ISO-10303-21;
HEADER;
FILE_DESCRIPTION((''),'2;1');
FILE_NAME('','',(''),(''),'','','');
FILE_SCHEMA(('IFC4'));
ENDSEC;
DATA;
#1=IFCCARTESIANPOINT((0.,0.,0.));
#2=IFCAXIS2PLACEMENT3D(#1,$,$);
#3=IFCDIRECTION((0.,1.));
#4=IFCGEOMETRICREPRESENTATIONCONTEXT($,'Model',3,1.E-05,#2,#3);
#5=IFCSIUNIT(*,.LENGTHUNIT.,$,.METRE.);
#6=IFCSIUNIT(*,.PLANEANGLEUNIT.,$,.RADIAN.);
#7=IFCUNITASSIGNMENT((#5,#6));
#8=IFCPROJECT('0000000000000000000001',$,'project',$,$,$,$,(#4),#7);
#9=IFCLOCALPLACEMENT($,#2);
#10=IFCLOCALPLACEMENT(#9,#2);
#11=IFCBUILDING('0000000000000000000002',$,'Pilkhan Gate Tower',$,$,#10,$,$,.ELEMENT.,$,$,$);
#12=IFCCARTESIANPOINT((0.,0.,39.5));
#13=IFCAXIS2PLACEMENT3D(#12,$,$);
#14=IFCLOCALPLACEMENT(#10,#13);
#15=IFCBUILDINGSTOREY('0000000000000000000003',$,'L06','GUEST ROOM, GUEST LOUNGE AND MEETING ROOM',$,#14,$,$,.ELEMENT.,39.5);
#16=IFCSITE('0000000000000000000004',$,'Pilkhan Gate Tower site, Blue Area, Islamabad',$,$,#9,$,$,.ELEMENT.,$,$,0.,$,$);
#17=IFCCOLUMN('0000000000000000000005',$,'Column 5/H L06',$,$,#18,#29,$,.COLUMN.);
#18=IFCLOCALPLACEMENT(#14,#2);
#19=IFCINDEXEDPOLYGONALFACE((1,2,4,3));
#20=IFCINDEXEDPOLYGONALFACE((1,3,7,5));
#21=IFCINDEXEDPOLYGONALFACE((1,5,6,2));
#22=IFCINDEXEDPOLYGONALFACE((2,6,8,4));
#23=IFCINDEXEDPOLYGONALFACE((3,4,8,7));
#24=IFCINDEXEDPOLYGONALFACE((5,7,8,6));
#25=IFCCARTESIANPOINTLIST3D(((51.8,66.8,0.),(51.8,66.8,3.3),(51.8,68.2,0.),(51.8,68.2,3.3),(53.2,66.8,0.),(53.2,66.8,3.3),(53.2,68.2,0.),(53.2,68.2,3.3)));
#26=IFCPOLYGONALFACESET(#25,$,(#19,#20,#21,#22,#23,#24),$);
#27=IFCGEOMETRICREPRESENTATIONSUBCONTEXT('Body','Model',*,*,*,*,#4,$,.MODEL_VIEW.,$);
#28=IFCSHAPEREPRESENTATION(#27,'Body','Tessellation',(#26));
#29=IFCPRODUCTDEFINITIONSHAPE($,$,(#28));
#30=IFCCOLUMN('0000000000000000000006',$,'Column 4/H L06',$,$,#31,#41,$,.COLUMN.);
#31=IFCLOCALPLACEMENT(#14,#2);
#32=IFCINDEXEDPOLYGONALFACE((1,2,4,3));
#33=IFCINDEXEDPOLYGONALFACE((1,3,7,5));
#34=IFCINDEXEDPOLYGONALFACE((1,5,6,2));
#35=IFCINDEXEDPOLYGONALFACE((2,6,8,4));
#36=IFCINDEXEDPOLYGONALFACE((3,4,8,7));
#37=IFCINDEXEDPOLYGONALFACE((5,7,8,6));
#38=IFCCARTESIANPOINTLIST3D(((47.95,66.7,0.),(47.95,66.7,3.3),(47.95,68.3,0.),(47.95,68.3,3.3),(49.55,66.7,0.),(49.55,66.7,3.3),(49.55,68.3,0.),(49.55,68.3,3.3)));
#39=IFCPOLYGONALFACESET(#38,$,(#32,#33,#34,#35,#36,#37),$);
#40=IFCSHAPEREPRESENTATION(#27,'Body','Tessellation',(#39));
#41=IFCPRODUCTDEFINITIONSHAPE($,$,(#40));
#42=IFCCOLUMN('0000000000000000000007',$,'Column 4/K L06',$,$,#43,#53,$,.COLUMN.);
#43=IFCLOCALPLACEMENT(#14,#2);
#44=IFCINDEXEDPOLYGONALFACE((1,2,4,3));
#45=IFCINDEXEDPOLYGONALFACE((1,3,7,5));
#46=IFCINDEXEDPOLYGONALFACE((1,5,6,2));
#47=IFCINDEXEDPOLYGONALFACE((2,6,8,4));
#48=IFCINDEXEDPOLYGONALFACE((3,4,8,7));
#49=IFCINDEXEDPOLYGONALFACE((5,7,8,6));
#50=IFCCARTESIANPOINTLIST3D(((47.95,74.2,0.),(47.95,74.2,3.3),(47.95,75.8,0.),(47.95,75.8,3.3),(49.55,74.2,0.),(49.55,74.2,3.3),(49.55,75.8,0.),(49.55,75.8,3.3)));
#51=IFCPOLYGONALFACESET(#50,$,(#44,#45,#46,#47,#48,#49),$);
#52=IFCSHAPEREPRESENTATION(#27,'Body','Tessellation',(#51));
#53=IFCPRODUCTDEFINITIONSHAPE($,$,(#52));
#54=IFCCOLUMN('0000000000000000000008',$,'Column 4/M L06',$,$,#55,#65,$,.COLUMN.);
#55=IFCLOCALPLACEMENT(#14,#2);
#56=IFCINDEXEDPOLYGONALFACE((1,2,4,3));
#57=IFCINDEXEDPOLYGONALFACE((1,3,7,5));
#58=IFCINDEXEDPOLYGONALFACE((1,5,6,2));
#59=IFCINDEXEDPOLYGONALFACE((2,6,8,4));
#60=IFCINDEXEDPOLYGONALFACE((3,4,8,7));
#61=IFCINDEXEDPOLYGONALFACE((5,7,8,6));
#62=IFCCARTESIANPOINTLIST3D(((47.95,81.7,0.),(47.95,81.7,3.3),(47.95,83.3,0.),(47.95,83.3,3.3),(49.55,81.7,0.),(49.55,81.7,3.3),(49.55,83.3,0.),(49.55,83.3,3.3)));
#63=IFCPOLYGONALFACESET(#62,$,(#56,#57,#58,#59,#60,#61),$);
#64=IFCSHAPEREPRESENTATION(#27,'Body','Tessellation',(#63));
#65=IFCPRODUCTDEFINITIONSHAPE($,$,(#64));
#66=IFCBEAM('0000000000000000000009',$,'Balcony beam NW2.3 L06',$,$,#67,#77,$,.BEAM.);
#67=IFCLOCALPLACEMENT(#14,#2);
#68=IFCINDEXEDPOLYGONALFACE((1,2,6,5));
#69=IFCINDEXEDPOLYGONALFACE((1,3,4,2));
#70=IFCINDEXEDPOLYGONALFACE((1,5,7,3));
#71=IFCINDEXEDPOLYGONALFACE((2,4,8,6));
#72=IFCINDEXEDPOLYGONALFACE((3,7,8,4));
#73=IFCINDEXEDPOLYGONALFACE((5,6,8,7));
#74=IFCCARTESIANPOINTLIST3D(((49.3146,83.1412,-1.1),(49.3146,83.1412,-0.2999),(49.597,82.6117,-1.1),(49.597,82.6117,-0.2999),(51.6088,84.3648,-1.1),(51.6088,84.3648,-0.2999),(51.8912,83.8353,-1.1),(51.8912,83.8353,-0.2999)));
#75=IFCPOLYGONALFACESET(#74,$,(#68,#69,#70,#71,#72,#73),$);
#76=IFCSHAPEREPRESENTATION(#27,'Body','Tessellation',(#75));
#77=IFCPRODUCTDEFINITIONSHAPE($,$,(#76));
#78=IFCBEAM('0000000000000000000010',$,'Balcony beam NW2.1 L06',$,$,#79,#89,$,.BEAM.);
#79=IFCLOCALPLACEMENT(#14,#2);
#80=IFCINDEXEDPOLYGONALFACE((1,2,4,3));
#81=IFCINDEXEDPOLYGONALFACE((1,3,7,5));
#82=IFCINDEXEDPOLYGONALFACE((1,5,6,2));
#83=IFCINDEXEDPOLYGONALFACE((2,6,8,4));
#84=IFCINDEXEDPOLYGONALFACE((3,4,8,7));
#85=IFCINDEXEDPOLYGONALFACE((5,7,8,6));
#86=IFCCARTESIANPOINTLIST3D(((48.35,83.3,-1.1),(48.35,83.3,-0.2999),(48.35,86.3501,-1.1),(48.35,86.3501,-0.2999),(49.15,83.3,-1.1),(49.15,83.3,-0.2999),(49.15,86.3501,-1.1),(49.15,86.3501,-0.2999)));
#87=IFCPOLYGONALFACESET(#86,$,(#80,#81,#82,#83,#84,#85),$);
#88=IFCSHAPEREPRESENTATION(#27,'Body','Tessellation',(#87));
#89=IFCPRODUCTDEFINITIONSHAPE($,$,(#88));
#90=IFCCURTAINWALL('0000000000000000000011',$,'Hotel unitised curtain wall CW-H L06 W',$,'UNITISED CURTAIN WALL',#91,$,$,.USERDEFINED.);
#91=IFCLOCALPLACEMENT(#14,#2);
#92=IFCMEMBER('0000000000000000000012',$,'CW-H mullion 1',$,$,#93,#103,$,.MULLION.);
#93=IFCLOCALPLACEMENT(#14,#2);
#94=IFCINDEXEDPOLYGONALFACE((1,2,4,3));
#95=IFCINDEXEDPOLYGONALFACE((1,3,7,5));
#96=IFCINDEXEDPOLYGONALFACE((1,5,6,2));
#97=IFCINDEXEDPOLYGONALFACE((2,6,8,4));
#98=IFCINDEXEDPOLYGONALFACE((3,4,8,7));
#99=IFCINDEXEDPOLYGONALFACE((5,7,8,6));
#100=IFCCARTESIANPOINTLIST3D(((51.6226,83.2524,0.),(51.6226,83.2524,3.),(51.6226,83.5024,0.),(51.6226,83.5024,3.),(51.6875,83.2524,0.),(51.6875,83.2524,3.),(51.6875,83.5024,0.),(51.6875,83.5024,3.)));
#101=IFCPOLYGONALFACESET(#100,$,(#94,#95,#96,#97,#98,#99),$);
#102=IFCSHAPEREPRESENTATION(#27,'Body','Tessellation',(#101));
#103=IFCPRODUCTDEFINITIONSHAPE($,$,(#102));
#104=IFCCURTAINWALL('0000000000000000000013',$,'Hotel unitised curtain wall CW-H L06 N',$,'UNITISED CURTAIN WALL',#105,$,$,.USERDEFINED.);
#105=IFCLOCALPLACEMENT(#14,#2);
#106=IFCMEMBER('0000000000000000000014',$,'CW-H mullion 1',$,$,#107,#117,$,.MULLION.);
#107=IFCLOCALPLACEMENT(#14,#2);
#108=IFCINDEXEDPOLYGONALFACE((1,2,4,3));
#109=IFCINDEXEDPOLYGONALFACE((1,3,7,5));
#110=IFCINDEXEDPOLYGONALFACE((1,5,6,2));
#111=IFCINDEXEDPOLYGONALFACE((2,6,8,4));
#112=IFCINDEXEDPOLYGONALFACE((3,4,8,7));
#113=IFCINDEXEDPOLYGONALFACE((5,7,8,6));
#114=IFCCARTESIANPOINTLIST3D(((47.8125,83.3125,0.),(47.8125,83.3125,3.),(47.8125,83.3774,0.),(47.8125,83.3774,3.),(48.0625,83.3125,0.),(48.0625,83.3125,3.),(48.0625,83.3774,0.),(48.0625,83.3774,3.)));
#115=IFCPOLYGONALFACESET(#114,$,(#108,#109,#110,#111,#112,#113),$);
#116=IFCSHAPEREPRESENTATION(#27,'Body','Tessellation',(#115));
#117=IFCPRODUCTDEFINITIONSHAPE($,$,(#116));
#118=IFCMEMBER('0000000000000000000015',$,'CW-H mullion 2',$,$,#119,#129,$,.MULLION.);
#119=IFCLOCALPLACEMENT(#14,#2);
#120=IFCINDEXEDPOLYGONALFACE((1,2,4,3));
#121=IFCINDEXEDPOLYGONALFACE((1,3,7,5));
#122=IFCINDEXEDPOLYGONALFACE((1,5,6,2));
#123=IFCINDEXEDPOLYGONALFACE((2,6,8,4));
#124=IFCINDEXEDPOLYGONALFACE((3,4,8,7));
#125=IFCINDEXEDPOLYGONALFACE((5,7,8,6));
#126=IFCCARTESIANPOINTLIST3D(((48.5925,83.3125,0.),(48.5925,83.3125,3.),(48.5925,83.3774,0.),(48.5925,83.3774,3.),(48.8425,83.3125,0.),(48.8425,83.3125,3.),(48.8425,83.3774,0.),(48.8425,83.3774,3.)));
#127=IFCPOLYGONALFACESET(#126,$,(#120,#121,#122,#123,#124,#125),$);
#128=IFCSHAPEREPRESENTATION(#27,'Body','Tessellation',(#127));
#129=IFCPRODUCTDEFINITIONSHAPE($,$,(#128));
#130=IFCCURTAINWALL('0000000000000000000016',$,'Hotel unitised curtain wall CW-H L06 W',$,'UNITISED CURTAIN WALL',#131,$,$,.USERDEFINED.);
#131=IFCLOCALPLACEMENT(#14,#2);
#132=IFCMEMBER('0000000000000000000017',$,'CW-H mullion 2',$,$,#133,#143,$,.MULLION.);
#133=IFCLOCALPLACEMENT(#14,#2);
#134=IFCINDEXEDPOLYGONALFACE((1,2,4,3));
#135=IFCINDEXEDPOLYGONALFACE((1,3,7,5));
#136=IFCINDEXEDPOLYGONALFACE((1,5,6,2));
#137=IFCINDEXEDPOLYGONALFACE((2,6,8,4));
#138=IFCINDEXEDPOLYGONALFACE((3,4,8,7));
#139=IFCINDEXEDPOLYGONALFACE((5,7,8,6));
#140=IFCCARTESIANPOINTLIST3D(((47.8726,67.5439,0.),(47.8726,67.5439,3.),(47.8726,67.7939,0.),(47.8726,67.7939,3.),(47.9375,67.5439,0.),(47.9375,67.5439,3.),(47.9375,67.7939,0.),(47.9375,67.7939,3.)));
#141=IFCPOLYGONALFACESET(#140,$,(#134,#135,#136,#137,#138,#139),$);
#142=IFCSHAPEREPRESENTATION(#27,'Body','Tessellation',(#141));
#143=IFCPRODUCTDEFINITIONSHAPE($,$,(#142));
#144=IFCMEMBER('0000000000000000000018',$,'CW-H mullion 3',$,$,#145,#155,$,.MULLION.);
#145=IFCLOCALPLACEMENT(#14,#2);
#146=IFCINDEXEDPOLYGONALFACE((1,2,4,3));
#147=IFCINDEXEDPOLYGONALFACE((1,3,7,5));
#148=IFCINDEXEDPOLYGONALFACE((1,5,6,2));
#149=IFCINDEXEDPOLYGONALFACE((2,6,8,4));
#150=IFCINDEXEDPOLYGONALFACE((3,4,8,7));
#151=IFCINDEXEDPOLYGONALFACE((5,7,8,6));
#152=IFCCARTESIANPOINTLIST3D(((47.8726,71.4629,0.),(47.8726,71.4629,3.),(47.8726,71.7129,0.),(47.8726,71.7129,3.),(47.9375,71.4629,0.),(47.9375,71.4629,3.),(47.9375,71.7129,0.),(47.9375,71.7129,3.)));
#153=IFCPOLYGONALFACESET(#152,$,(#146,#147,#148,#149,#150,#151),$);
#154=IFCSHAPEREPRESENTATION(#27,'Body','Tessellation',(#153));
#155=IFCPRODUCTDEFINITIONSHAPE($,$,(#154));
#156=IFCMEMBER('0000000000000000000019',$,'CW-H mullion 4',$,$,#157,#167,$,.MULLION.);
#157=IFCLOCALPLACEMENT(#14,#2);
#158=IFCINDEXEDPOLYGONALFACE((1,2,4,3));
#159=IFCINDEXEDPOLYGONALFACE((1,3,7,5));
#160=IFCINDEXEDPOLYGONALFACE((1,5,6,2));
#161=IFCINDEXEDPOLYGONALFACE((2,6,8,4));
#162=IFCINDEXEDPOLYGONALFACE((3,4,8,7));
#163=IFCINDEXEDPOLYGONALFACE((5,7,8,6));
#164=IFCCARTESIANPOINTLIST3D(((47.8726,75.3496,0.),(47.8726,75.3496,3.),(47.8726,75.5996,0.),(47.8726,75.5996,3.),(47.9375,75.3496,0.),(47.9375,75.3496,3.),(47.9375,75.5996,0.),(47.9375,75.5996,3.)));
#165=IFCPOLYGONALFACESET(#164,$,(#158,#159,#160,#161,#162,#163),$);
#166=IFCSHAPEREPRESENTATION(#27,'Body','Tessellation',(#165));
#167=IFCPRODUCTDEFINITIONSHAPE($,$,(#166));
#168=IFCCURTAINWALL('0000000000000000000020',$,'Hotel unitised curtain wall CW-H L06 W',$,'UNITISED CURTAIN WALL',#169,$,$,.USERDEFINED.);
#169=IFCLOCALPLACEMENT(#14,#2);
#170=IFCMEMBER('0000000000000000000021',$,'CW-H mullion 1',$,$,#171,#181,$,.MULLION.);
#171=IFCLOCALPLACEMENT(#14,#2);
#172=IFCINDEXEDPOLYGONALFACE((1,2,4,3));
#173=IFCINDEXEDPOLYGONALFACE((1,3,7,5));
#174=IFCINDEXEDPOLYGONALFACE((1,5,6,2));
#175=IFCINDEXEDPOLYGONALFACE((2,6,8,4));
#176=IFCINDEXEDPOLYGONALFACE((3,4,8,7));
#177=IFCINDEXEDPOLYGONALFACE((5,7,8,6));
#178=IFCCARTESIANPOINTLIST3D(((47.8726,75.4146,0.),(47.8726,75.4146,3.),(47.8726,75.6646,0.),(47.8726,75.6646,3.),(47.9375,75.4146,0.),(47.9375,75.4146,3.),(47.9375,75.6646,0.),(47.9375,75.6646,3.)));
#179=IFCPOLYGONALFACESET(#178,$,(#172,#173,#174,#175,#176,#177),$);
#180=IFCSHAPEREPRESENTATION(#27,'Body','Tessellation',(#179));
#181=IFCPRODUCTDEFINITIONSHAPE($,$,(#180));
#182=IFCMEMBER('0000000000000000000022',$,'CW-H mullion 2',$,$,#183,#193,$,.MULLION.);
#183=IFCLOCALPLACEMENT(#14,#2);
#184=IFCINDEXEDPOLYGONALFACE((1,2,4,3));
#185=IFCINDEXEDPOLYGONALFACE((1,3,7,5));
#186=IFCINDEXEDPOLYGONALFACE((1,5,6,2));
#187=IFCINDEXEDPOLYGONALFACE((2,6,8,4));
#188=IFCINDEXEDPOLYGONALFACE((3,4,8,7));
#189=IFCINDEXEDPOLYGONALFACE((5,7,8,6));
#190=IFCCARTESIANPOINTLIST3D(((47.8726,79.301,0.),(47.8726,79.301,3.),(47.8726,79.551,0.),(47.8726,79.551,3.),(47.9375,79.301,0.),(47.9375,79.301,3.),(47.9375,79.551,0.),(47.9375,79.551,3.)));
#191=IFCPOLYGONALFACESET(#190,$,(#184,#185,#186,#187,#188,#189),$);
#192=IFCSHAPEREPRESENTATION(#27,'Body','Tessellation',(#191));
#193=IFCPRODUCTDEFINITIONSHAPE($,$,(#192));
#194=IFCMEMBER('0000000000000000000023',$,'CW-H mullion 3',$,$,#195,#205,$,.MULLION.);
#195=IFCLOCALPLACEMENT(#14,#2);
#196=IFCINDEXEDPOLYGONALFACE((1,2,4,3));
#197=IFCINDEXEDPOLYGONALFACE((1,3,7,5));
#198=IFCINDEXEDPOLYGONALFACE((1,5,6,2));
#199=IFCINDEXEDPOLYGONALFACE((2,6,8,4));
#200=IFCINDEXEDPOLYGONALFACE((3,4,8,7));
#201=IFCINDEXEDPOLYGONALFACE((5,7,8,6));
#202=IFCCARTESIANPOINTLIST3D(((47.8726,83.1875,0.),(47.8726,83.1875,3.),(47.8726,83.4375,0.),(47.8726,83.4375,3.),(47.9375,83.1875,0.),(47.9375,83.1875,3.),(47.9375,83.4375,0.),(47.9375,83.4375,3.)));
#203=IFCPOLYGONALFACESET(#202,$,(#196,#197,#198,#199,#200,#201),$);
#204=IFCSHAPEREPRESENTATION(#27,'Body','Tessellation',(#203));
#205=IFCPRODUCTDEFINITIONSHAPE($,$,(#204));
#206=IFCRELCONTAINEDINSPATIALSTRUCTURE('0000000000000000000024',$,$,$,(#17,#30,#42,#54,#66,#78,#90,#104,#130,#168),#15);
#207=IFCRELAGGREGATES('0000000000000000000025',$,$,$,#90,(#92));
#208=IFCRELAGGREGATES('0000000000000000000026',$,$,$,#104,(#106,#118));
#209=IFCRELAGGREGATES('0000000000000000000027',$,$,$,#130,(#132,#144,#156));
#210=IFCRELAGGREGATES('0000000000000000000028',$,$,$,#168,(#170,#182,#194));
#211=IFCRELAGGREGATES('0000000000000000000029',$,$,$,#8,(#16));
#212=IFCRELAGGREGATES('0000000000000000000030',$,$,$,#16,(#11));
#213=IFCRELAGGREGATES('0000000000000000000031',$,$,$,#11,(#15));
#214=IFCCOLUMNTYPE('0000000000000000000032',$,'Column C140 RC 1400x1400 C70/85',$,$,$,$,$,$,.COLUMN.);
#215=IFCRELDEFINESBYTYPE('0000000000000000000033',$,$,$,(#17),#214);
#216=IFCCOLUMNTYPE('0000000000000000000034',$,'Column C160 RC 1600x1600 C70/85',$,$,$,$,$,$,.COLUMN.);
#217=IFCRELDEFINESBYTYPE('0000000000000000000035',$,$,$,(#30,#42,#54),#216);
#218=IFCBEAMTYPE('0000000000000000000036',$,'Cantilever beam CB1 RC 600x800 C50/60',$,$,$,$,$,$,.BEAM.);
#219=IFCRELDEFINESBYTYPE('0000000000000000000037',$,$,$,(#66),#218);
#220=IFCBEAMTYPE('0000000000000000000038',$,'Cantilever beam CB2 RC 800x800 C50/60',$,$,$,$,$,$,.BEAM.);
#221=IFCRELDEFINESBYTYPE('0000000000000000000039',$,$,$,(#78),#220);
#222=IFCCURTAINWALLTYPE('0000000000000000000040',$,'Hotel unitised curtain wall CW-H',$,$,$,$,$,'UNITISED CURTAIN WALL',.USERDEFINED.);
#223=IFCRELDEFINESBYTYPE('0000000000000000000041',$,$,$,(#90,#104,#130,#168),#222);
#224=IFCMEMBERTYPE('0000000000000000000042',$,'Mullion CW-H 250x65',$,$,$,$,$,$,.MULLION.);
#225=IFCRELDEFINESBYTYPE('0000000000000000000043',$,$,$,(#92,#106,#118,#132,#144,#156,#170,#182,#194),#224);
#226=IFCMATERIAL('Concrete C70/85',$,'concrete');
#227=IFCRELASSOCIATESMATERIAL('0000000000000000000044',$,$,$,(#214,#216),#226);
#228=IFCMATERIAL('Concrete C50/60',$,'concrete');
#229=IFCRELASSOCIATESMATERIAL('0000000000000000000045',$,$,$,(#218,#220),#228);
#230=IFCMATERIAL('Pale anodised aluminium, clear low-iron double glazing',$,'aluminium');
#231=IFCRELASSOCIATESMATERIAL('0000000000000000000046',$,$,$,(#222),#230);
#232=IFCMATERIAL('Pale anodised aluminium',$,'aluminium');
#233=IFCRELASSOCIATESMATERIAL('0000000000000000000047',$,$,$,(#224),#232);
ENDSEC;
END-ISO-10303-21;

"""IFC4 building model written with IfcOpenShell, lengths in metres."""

from ifc_helpers import new_model, si_unit, direction, frame, origin, origin_2d, place, context, subcontext, project, spatial, rectangle, extrude, material, material_profile, profile_set, type_object, element, aggregate, save


model = new_model("IFC4")

# Units and contexts
model_context = context("Model", 3, precision=1e-05, world=origin(), true_north=direction((0.0, 1.0)))
body_context = subcontext(model_context, "Body", "Model", "MODEL_VIEW")
ifc_project = project(units=[si_unit("LENGTHUNIT", "METRE"), si_unit("PLANEANGLEUNIT", "RADIAN")], contexts=[model_context])

# Site, building, storey
site_placement = place(None, origin())
site = spatial("IfcSite", under=ifc_project, at=site_placement, Name="Pilkhan Gate Tower site, Blue Area, Islamabad", CompositionType="ELEMENT", RefElevation=0.0)
building_placement = place(site_placement, origin())
building = spatial("IfcBuilding", under=site, at=building_placement, Name="Pilkhan Gate Tower", CompositionType="ELEMENT")
storey_placement = place(building_placement, frame((0.0, 0.0, 39.5)))
storey = spatial("IfcBuildingStorey", under=building, at=storey_placement, Name="L06", Description="GUEST ROOM, GUEST LOUNGE AND MEETING ROOM", CompositionType="ELEMENT", Elevation=39.5)

# Columns
ifc_material_1 = material(Name="Concrete C70/85", Category="concrete")
ifc_material_profile_1 = material_profile(ifc_material_1, rectangle(XDim=1.3999, YDim=1.3999, at=origin_2d()), Name="RC 1400x1400")
ifc_profile_set_1 = profile_set([ifc_material_profile_1], Name="Concrete C70/85")
column_type_1 = type_object("IfcColumnType", Name="Column C140 RC 1400x1400 C70/85", PredefinedType="COLUMN", material=ifc_profile_set_1)
column_placement = place(storey_placement, frame((52.5, 67.5, 0.0), z_axis=(0.0, 0.0, 1.0), x_axis=(1.0, 0.0, 0.0)))
element("IfcColumn", 1, at=column_placement, inside=storey, type_object=column_type_1, Name="Column 5/H L06", PredefinedType="COLUMN", context=body_context, shape_type="SweptSolid", body=[
    extrude(rectangle(XDim=1.3999, YDim=1.3999, at=origin_2d()), origin(), (0.0, 0.0, 1.0), 3.3),
])
ifc_material_profile_2 = material_profile(ifc_material_1, rectangle(XDim=1.6001, YDim=1.6001, at=origin_2d()), Name="RC 1600x1600")
ifc_profile_set_2 = profile_set([ifc_material_profile_2], Name="Concrete C70/85")
column_type_2 = type_object("IfcColumnType", Name="Column C160 RC 1600x1600 C70/85", PredefinedType="COLUMN", material=ifc_profile_set_2)
for number, where, z_axis, x_axis, name in (
    (2, (48.75, 67.5, 0.0), (0.0, 0.0, 1.0), (1.0, 0.0, 0.0), "Column 4/H L06"),
    (3, (48.75, 75.0, 0.0), (0.0, 0.0, 1.0), (1.0, 0.0, 0.0), "Column 4/K L06"),
    (4, (48.75, 82.5, 0.0), (0.0, 0.0, 1.0), (1.0, 0.0, 0.0), "Column 4/M L06"),
):
    element("IfcColumn", number, at=place(storey_placement, frame(where, z_axis=z_axis, x_axis=x_axis)), inside=storey, type_object=column_type_2, Name=name, PredefinedType="COLUMN", context=body_context, shape_type="SweptSolid", body=[
        extrude(rectangle(XDim=1.6001, YDim=1.6001, at=origin_2d()), origin(), (0.0, 0.0, 1.0), 3.3),
    ])

# Beams
ifc_material_2 = material(Name="Concrete C50/60", Category="concrete")
ifc_material_profile_3 = material_profile(ifc_material_2, rectangle(XDim=0.6001, YDim=0.8, at=origin_2d()), Name="RC 600x800")
ifc_profile_set_3 = profile_set([ifc_material_profile_3], Name="Concrete C50/60")
beam_type_1 = type_object("IfcBeamType", Name="Cantilever beam CB1 RC 600x800 C50/60", PredefinedType="BEAM", material=ifc_profile_set_3)
beam_1_placement = place(storey_placement, frame((49.4558, 82.8765, -0.7), z_axis=(0.882343, 0.470608, 0.0), x_axis=(-0.470608, 0.882343, 0.0)))
element("IfcBeam", 5, at=beam_1_placement, inside=storey, type_object=beam_type_1, Name="Balcony beam NW2.3 L06", PredefinedType="BEAM", context=body_context, shape_type="SweptSolid", body=[
    extrude(rectangle(XDim=0.6001, YDim=0.8, at=origin_2d()), origin(), (0.0, 0.0, 1.0), 2.6001),
])
ifc_material_profile_4 = material_profile(ifc_material_2, rectangle(XDim=0.8, YDim=0.8, at=origin_2d()), Name="RC 800x800")
ifc_profile_set_4 = profile_set([ifc_material_profile_4], Name="Concrete C50/60")
beam_type_2 = type_object("IfcBeamType", Name="Cantilever beam CB2 RC 800x800 C50/60", PredefinedType="BEAM", material=ifc_profile_set_4)
beam_2_placement = place(storey_placement, frame((48.75, 83.3, -0.7), z_axis=(0.0, 1.0, 0.0), x_axis=(-1.0, 0.0, 0.0)))
element("IfcBeam", 6, at=beam_2_placement, inside=storey, type_object=beam_type_2, Name="Balcony beam NW2.1 L06", PredefinedType="BEAM", context=body_context, shape_type="SweptSolid", body=[
    extrude(rectangle(XDim=0.8, YDim=0.8, at=origin_2d()), origin(), (0.0, 0.0, 1.0), 3.05),
])

# Curtain wall, member
ifc_material_3 = material(Name="Pale anodised aluminium, clear low-iron double glazing", Category="aluminium")
curtain_wall_type = type_object("IfcCurtainWallType", Name="Hotel unitised curtain wall CW-H", ElementType="UNITISED CURTAIN WALL", PredefinedType="USERDEFINED", material=ifc_material_3)
curtain_wall_1_placement = place(storey_placement, origin())
curtain_wall_1 = element("IfcCurtainWall", 7, at=curtain_wall_1_placement, inside=storey, type_object=curtain_wall_type, Name="Hotel unitised curtain wall CW-H L06 W", ObjectType="UNITISED CURTAIN WALL", PredefinedType="USERDEFINED")
ifc_material_4 = material(Name="Pale anodised aluminium", Category="aluminium")
ifc_material_profile_5 = material_profile(ifc_material_4, rectangle(XDim=0.0649, YDim=0.25, at=origin_2d()), Name="Mullion 250x65")
ifc_profile_set_5 = profile_set([ifc_material_profile_5], Name="Pale anodised aluminium")
member_type_1 = type_object("IfcMemberType", Name="Mullion CW-H 250x65", PredefinedType="MULLION", material=ifc_profile_set_5)
member_1_placement = place(storey_placement, frame((51.655, 83.3774, 0.0), z_axis=(0.0, 0.0, 1.0), x_axis=(-1.0, 0.0, 0.0)))
member_1 = element("IfcMember", 8, at=member_1_placement, type_object=member_type_1, Name="CW-H mullion 1", PredefinedType="MULLION", context=body_context, shape_type="SweptSolid", body=[
    extrude(rectangle(XDim=0.0649, YDim=0.25, at=origin_2d()), origin(), (0.0, 0.0, 1.0), 3.0),
])

# Curtain walls, members
curtain_wall_2_placement = place(storey_placement, origin())
curtain_wall_2 = element("IfcCurtainWall", 9, at=curtain_wall_2_placement, inside=storey, type_object=curtain_wall_type, Name="Hotel unitised curtain wall CW-H L06 N", ObjectType="UNITISED CURTAIN WALL", PredefinedType="USERDEFINED")
member_2_placement = place(storey_placement, frame((47.9375, 83.345, 0.0), z_axis=(0.0, 0.0, 1.0), x_axis=(0.0, 1.0, 0.0)))
member_2 = element("IfcMember", 10, at=member_2_placement, type_object=member_type_1, Name="CW-H mullion 1", PredefinedType="MULLION", context=body_context, shape_type="SweptSolid", body=[
    extrude(rectangle(XDim=0.0649, YDim=0.25, at=origin_2d()), origin(), (0.0, 0.0, 1.0), 3.0),
])
member_3_placement = place(storey_placement, frame((48.7175, 83.345, 0.0), z_axis=(0.0, 0.0, 1.0), x_axis=(0.0, 1.0, 0.0)))
member_3 = element("IfcMember", 11, at=member_3_placement, type_object=member_type_1, Name="CW-H mullion 2", PredefinedType="MULLION", context=body_context, shape_type="SweptSolid", body=[
    extrude(rectangle(XDim=0.0649, YDim=0.25, at=origin_2d()), origin(), (0.0, 0.0, 1.0), 3.0),
])
curtain_wall_3_placement = place(storey_placement, origin())
curtain_wall_3 = element("IfcCurtainWall", 12, at=curtain_wall_3_placement, inside=storey, type_object=curtain_wall_type, Name="Hotel unitised curtain wall CW-H L06 W", ObjectType="UNITISED CURTAIN WALL", PredefinedType="USERDEFINED")
member_4_placement = place(storey_placement, frame((47.905, 67.6689, 0.0), z_axis=(0.0, 0.0, 1.0), x_axis=(-1.0, 0.0, 0.0)))
member_4 = element("IfcMember", 13, at=member_4_placement, type_object=member_type_1, Name="CW-H mullion 2", PredefinedType="MULLION", context=body_context, shape_type="SweptSolid", body=[
    extrude(rectangle(XDim=0.0649, YDim=0.25, at=origin_2d()), origin(), (0.0, 0.0, 1.0), 3.0),
])
member_5_placement = place(storey_placement, frame((47.905, 71.5879, 0.0), z_axis=(0.0, 0.0, 1.0), x_axis=(-1.0, 0.0, 0.0)))
member_5 = element("IfcMember", 14, at=member_5_placement, type_object=member_type_1, Name="CW-H mullion 3", PredefinedType="MULLION", context=body_context, shape_type="SweptSolid", body=[
    extrude(rectangle(XDim=0.0649, YDim=0.25, at=origin_2d()), origin(), (0.0, 0.0, 1.0), 3.0),
])
member_6_placement = place(storey_placement, frame((47.905, 75.4746, 0.0), z_axis=(0.0, 0.0, 1.0), x_axis=(-1.0, 0.0, 0.0)))
member_6 = element("IfcMember", 15, at=member_6_placement, type_object=member_type_1, Name="CW-H mullion 4", PredefinedType="MULLION", context=body_context, shape_type="SweptSolid", body=[
    extrude(rectangle(XDim=0.0649, YDim=0.25, at=origin_2d()), origin(), (0.0, 0.0, 1.0), 3.0),
])
curtain_wall_4_placement = place(storey_placement, origin())
curtain_wall_4 = element("IfcCurtainWall", 16, at=curtain_wall_4_placement, inside=storey, type_object=curtain_wall_type, Name="Hotel unitised curtain wall CW-H L06 W", ObjectType="UNITISED CURTAIN WALL", PredefinedType="USERDEFINED")
member_7_placement = place(storey_placement, frame((47.905, 75.5396, 0.0), z_axis=(0.0, 0.0, 1.0), x_axis=(-1.0, 0.0, 0.0)))
member_7 = element("IfcMember", 17, at=member_7_placement, type_object=member_type_1, Name="CW-H mullion 1", PredefinedType="MULLION", context=body_context, shape_type="SweptSolid", body=[
    extrude(rectangle(XDim=0.0649, YDim=0.25, at=origin_2d()), origin(), (0.0, 0.0, 1.0), 3.0),
])
member_8_placement = place(storey_placement, frame((47.905, 79.426, 0.0), z_axis=(0.0, 0.0, 1.0), x_axis=(-1.0, 0.0, 0.0)))
member_8 = element("IfcMember", 18, at=member_8_placement, type_object=member_type_1, Name="CW-H mullion 2", PredefinedType="MULLION", context=body_context, shape_type="SweptSolid", body=[
    extrude(rectangle(XDim=0.0649, YDim=0.25, at=origin_2d()), origin(), (0.0, 0.0, 1.0), 3.0),
])
member_9_placement = place(storey_placement, frame((47.905, 83.3125, 0.0), z_axis=(0.0, 0.0, 1.0), x_axis=(-1.0, 0.0, 0.0)))
member_9 = element("IfcMember", 19, at=member_9_placement, type_object=member_type_1, Name="CW-H mullion 3", PredefinedType="MULLION", context=body_context, shape_type="SweptSolid", body=[
    extrude(rectangle(XDim=0.0649, YDim=0.25, at=origin_2d()), origin(), (0.0, 0.0, 1.0), 3.0),
])

aggregate(curtain_wall_1, [member_1])

aggregate(curtain_wall_2, [member_2, member_3])
aggregate(curtain_wall_3, [member_4, member_5, member_6])
aggregate(curtain_wall_4, [member_7, member_8, member_9])

save(model, "model.ifc")
